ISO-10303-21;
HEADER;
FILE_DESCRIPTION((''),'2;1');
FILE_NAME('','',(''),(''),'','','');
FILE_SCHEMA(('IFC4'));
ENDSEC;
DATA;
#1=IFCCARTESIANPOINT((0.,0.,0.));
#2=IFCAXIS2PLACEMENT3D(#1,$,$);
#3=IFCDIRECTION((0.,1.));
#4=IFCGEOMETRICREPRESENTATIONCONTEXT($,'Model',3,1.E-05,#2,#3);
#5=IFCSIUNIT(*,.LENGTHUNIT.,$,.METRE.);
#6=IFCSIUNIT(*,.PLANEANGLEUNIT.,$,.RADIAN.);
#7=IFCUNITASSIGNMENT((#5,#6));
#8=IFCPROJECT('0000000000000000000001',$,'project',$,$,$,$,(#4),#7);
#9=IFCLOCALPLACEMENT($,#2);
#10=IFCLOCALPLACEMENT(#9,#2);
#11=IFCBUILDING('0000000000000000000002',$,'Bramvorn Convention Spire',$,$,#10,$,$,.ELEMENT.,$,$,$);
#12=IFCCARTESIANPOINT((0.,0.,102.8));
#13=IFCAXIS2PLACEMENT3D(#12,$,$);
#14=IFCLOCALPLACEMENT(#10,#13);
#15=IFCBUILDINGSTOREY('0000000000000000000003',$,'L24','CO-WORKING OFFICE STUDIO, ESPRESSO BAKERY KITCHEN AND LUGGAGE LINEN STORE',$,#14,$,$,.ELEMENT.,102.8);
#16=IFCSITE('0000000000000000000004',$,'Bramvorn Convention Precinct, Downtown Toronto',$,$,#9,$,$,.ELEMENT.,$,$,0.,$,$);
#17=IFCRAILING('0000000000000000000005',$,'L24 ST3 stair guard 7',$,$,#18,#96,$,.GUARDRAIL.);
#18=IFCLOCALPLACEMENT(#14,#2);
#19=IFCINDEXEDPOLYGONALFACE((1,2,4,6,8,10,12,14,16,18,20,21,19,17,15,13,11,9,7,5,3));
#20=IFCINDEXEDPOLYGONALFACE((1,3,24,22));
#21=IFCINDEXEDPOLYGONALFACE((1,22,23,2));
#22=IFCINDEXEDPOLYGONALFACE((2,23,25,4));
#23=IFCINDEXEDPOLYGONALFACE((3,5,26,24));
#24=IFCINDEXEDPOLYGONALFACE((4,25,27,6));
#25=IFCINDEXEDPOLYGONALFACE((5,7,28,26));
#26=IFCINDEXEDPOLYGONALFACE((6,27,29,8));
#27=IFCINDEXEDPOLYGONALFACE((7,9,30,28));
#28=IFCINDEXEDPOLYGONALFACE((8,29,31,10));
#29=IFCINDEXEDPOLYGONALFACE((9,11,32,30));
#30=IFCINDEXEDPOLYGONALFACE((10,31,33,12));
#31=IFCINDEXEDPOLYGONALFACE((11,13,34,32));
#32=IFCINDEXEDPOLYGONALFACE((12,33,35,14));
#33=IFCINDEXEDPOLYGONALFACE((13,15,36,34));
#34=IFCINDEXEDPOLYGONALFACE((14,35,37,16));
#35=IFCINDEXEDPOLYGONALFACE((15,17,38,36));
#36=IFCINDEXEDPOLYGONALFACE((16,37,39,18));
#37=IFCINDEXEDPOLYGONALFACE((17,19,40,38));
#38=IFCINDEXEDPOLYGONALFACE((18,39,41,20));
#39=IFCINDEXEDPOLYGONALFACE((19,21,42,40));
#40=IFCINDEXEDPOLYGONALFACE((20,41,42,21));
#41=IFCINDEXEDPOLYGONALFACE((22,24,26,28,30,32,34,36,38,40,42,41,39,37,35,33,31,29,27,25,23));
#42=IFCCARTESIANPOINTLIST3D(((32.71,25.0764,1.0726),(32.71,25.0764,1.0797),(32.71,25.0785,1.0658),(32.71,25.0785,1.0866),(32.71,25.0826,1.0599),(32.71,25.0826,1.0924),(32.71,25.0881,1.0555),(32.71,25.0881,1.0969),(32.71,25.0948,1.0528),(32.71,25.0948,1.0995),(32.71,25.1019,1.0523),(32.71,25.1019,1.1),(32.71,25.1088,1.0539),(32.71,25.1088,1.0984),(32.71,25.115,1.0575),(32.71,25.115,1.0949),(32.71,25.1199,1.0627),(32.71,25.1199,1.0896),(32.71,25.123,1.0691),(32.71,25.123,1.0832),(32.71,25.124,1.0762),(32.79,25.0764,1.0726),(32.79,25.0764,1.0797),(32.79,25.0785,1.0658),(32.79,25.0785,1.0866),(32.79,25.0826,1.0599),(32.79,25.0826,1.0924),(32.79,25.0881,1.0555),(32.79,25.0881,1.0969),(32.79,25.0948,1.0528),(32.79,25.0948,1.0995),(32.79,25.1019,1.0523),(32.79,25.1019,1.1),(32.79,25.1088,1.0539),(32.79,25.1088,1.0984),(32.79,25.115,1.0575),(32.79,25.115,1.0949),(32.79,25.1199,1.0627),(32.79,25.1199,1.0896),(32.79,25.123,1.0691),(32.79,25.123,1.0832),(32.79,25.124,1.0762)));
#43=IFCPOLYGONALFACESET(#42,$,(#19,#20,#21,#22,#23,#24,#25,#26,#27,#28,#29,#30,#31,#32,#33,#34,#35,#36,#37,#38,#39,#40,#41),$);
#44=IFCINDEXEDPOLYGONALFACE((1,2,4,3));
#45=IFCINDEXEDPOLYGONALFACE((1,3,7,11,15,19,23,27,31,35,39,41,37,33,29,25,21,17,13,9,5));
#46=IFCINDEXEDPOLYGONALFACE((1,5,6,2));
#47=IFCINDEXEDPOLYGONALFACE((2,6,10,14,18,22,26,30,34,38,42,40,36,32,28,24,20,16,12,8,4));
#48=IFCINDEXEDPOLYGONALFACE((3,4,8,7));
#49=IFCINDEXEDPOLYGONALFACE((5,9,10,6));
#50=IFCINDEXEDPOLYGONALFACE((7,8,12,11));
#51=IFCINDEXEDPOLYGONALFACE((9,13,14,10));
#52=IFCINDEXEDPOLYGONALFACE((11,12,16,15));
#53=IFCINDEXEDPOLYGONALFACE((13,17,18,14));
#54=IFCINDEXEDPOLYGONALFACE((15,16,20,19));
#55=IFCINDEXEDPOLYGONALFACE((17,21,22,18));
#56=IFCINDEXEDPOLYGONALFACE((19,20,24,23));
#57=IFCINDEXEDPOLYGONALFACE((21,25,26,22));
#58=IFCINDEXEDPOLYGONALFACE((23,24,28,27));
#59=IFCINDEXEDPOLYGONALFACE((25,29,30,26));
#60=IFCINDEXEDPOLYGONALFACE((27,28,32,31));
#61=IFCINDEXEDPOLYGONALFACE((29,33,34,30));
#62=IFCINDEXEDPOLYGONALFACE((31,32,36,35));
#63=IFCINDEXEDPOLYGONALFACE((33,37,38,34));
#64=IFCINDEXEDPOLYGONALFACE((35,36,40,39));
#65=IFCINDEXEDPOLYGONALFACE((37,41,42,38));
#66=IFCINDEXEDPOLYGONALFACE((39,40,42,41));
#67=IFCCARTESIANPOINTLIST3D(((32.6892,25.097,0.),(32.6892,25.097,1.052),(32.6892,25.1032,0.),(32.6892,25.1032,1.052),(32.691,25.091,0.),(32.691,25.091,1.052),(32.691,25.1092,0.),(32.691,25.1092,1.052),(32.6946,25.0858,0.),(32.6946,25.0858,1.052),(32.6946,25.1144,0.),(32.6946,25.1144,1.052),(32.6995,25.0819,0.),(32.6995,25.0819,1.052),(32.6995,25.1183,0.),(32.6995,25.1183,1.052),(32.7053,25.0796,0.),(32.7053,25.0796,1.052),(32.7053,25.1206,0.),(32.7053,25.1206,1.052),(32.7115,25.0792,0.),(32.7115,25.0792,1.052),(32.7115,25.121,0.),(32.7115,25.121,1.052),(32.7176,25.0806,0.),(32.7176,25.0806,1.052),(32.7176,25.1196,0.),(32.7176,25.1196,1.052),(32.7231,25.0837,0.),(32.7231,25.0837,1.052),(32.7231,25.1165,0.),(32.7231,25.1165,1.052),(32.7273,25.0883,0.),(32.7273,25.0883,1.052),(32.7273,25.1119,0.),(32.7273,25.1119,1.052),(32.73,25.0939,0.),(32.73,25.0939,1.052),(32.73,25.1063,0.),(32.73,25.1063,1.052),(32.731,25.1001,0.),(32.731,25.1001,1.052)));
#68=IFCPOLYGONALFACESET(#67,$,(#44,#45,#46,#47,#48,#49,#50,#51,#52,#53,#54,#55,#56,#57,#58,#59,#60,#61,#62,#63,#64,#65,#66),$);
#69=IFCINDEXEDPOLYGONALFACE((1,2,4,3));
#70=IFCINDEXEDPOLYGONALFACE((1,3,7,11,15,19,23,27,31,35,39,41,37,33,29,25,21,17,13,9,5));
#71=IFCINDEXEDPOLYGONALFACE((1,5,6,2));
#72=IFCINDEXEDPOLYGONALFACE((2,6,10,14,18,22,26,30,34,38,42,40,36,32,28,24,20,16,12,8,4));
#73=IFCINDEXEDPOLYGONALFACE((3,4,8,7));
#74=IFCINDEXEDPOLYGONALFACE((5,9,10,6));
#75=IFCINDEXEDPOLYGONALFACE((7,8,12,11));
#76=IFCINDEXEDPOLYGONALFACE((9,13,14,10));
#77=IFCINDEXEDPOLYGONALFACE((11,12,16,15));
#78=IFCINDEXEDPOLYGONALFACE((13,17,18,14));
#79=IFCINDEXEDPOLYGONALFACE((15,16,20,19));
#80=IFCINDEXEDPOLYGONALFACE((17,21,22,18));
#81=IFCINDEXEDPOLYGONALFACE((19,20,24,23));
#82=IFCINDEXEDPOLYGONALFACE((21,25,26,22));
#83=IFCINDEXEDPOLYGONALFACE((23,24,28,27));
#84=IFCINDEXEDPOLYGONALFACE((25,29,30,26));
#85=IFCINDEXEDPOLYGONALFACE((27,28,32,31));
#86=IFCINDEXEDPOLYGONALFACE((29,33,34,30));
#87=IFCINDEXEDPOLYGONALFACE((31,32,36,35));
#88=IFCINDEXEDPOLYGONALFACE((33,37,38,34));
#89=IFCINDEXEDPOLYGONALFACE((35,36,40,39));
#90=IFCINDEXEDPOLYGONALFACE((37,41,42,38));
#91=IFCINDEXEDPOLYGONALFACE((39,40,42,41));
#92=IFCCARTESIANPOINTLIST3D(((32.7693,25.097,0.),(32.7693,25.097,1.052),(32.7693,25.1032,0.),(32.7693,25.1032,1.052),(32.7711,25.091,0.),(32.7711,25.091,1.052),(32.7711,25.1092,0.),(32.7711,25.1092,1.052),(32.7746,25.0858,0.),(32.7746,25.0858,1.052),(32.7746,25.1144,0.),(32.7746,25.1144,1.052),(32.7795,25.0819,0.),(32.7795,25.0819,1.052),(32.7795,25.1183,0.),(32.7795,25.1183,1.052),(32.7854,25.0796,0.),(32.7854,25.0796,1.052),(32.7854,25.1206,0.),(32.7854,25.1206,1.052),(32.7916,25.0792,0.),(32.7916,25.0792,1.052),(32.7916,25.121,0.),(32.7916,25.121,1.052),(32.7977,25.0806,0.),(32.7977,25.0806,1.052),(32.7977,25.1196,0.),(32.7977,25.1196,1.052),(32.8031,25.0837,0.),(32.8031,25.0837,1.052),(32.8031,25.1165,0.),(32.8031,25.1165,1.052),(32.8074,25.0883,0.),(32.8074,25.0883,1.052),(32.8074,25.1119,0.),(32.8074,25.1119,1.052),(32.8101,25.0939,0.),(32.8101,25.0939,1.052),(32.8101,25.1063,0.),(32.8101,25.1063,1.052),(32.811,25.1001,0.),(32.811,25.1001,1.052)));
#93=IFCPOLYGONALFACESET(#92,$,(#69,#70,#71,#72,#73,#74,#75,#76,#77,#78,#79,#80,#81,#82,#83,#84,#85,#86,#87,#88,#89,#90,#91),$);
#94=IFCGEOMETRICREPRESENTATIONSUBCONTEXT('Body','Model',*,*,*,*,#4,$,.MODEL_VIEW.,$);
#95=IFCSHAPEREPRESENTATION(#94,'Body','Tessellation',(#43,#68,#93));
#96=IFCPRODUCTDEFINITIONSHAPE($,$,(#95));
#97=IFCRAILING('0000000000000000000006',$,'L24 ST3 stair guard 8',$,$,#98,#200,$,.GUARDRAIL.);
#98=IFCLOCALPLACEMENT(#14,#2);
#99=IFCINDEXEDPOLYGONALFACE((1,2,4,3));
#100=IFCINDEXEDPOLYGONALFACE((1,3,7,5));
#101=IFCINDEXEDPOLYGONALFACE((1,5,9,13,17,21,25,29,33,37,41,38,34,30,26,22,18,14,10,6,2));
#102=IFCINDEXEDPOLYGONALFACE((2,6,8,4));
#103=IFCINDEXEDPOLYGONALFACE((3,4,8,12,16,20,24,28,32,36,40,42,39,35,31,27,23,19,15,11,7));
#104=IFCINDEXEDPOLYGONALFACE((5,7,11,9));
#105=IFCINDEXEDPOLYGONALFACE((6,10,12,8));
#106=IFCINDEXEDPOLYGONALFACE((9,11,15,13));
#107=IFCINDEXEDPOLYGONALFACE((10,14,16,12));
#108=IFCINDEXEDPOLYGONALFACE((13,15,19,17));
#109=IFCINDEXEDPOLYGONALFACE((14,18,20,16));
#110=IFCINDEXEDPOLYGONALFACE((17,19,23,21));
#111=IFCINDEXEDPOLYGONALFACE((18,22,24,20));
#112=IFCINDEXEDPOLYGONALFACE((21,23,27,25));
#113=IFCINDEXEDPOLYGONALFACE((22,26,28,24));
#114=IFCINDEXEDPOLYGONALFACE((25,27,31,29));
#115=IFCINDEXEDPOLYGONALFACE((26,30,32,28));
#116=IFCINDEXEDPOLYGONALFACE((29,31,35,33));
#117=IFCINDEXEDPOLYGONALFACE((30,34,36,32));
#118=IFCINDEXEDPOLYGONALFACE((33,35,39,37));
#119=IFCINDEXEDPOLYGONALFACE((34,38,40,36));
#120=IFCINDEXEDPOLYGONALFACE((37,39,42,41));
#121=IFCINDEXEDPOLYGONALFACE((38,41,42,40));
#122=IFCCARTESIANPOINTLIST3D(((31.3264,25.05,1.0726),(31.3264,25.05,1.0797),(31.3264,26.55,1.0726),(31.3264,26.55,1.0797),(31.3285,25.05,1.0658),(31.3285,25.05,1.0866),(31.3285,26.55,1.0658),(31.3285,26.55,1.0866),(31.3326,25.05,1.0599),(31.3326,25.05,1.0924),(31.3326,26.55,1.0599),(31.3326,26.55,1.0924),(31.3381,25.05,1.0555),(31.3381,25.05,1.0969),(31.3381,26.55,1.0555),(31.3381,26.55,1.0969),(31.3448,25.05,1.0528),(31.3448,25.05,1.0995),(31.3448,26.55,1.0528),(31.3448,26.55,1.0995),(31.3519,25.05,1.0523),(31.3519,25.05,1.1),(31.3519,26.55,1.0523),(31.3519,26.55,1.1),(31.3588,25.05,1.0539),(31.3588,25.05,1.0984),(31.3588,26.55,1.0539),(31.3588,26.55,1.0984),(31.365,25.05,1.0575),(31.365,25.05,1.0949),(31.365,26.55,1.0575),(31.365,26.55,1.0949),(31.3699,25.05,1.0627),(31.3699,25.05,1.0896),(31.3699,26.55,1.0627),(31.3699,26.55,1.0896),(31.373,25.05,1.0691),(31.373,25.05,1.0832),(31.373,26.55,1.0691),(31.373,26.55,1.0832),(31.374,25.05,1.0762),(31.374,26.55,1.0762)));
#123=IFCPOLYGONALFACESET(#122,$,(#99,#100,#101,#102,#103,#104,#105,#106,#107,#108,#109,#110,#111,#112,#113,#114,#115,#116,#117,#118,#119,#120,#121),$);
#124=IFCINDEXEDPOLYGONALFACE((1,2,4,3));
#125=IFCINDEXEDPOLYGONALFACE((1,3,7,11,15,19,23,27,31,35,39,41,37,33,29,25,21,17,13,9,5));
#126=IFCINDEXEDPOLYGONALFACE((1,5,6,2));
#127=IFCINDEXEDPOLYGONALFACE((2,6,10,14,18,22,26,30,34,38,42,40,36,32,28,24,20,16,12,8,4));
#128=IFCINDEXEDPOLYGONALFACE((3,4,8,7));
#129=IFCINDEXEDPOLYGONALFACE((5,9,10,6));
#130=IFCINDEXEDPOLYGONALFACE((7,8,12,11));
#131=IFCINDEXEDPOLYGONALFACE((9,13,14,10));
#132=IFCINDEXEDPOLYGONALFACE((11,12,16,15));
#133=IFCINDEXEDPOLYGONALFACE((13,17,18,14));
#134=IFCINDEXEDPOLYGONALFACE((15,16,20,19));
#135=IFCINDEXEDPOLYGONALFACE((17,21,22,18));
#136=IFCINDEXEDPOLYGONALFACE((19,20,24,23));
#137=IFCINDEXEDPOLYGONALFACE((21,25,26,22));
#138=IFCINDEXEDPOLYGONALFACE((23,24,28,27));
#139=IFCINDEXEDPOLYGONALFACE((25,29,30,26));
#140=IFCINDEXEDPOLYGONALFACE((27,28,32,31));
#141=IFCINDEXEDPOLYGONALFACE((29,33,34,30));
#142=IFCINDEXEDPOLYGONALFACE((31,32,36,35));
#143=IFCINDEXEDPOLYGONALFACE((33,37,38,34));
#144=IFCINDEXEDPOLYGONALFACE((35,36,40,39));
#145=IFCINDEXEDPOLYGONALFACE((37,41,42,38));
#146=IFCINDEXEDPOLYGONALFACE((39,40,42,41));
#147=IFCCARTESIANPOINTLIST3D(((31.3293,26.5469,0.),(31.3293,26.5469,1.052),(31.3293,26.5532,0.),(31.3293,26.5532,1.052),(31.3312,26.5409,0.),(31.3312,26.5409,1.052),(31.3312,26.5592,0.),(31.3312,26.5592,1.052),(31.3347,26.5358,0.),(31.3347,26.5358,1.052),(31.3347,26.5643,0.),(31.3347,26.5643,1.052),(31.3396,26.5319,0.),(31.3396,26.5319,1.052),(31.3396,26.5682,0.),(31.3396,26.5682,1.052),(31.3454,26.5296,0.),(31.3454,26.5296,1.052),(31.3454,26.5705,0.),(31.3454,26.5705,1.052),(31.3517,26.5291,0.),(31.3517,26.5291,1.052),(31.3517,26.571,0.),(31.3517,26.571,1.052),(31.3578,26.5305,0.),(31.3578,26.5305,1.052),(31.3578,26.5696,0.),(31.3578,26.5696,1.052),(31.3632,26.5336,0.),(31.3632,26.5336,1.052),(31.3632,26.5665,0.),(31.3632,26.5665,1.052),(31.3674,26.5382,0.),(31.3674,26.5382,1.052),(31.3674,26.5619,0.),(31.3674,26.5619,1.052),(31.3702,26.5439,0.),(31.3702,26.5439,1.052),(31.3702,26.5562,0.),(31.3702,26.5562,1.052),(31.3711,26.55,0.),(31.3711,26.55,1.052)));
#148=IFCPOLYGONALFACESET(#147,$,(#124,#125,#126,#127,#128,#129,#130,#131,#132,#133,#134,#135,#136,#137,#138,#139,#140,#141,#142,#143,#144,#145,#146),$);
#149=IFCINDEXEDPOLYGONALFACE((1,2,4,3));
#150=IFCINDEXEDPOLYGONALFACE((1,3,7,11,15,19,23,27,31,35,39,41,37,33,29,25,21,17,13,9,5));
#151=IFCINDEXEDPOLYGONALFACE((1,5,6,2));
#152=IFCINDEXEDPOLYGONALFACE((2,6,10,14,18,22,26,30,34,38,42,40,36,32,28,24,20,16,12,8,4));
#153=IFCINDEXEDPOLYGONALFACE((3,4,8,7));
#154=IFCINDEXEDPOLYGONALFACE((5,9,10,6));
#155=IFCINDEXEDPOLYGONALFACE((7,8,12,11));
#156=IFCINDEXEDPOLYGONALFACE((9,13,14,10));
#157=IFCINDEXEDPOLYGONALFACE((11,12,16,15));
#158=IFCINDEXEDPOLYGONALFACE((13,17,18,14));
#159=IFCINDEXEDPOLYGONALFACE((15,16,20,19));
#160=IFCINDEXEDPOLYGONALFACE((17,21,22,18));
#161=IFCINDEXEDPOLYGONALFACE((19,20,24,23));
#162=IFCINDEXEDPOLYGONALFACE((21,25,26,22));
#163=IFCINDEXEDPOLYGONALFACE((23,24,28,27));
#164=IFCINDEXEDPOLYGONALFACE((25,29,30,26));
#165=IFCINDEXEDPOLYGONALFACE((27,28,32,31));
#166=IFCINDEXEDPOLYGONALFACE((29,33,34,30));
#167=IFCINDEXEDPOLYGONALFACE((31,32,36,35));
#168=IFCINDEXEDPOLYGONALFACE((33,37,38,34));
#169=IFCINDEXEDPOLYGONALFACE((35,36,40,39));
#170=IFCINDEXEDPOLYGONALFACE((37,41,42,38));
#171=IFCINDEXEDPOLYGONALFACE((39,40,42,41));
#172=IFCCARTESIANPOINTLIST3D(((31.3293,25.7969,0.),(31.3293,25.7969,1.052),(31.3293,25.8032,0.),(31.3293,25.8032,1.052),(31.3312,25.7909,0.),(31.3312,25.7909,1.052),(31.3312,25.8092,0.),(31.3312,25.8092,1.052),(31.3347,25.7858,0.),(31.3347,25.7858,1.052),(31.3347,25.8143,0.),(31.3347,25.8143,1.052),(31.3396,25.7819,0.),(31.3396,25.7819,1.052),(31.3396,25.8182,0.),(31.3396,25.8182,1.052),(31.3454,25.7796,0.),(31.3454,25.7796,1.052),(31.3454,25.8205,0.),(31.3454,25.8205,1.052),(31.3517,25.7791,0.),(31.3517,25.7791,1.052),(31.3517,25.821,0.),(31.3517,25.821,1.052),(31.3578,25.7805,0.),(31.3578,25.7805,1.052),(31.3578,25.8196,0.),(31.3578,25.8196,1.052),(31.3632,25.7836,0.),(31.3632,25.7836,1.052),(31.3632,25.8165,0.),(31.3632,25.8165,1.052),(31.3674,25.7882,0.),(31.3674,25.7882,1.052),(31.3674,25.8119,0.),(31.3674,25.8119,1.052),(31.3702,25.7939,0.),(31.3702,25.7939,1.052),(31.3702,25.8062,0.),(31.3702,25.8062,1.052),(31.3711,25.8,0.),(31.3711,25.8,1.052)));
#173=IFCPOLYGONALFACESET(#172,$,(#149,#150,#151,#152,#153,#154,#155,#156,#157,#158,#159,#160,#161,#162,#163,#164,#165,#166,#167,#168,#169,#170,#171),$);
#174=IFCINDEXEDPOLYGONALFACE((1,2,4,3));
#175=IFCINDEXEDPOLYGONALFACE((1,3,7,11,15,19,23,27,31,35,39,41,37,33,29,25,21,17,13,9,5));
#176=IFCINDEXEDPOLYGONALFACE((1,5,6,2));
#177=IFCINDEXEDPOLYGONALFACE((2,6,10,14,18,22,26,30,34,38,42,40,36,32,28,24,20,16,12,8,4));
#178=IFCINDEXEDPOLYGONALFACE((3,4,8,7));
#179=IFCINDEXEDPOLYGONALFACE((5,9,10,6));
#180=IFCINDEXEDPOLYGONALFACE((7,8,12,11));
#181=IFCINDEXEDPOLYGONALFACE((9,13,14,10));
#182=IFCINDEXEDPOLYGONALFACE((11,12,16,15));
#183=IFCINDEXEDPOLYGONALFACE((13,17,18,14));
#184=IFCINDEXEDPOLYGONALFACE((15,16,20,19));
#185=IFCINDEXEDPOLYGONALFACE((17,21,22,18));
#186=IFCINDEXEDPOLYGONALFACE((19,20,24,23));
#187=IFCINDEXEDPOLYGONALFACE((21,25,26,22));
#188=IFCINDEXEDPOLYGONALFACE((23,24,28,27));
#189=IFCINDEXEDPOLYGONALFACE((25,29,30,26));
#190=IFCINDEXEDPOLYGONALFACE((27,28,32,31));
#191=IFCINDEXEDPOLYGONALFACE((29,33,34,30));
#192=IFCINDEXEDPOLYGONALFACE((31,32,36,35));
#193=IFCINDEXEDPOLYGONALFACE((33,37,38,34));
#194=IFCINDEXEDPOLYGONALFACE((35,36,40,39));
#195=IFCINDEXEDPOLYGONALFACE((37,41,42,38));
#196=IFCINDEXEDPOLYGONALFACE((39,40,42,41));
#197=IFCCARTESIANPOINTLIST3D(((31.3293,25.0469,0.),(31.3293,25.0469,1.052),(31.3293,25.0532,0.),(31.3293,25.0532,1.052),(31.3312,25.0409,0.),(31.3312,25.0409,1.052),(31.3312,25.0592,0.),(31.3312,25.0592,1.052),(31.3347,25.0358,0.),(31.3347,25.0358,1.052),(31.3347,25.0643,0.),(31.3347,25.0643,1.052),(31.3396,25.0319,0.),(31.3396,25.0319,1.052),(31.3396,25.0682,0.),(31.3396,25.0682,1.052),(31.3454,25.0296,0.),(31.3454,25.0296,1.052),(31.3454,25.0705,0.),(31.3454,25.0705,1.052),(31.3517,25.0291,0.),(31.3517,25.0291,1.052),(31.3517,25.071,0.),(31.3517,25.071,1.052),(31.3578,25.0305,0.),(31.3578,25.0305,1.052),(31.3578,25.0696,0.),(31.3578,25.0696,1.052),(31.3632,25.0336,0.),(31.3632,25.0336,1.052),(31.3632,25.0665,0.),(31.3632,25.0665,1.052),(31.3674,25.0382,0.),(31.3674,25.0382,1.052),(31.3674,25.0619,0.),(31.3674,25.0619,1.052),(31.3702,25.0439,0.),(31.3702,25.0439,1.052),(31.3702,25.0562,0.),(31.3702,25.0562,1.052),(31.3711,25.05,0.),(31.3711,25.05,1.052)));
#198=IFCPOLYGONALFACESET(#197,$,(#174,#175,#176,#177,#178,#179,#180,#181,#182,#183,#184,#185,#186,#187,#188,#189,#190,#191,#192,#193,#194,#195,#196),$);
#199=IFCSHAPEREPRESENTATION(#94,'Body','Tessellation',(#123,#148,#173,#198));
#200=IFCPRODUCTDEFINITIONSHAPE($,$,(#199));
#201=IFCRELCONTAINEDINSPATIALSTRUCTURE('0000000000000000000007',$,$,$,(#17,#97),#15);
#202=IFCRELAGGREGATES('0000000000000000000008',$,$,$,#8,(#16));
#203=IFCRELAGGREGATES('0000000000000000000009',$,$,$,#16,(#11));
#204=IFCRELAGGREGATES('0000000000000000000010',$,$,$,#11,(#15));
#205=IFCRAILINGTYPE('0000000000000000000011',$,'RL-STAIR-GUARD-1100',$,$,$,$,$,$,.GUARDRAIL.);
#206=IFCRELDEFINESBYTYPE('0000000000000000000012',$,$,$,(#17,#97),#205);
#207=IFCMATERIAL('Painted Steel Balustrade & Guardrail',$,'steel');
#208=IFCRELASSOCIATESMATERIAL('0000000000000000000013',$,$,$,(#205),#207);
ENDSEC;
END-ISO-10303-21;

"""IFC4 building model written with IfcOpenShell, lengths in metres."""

from ifc_helpers import new_model, si_unit, direction, frame, origin, origin_2d, place, context, subcontext, project, spatial, circle, extrude, material, type_object, element, save


model = new_model("IFC4")

# Units and contexts
model_context = context("Model", 3, precision=1e-05, world=origin(), true_north=direction((0.0, 1.0)))
body_context = subcontext(model_context, "Body", "Model", "MODEL_VIEW")
ifc_project = project(units=[si_unit("LENGTHUNIT", "METRE"), si_unit("PLANEANGLEUNIT", "RADIAN")], contexts=[model_context])

# Site, building, storey
site_placement = place(None, origin())
site = spatial("IfcSite", under=ifc_project, at=site_placement, Name="Bramvorn Convention Precinct, Downtown Toronto", CompositionType="ELEMENT", RefElevation=0.0)
building_placement = place(site_placement, origin())
building = spatial("IfcBuilding", under=site, at=building_placement, Name="Bramvorn Convention Spire", CompositionType="ELEMENT")
storey_placement = place(building_placement, frame((0.0, 0.0, 102.8)))
storey = spatial("IfcBuildingStorey", under=building, at=storey_placement, Name="L24", Description="CO-WORKING OFFICE STUDIO, ESPRESSO BAKERY KITCHEN AND LUGGAGE LINEN STORE", CompositionType="ELEMENT", Elevation=102.8)

# Railings
ifc_material_1 = material(Name="Painted Steel Balustrade & Guardrail", Category="steel")
railing_type_1 = type_object("IfcRailingType", Name="RL-STAIR-GUARD-1100", PredefinedType="GUARDRAIL", material=ifc_material_1)
railing_1_placement = place(storey_placement, frame((32.71, 25.1001, 0.0)))
element("IfcRailing", 1, at=railing_1_placement, inside=storey, type_object=railing_type_1, Name="L24 ST3 stair guard 7", PredefinedType="GUARDRAIL", context=body_context, shape_type="SweptSolid", body=[
    extrude(circle(Radius=0.0239, at=origin_2d()), frame((0.0, 0.0, 1.0762), z_axis=(1.0, 0.0, 0.0), x_axis=(0.0, 1.0, 0.0)), (0.0, 0.0, 1.0), 0.0801),
    extrude(circle(Radius=0.021, at=origin_2d()), origin(), (0.0, 0.0, 1.0), 1.052),
    extrude(circle(Radius=0.021, at=origin_2d()), frame((0.0801, 0.0, 0.0)), (0.0, 0.0, 1.0), 1.052),
])
for number, where, name in (
    (2, (31.3501, 26.55, 0.0), "L24 ST3 stair guard 8"),
):
    element("IfcRailing", number, at=place(storey_placement, frame(where)), inside=storey, type_object=railing_type_1, Name=name, PredefinedType="GUARDRAIL", context=body_context, shape_type="SweptSolid", body=[
        extrude(circle(Radius=0.0239, at=origin_2d()), frame((0.0, 0.0, 1.0762), z_axis=(0.0, -1.0, 0.0), x_axis=(1.0, 0.0, 0.0)), (0.0, 0.0, 1.0), 1.5),
        extrude(circle(Radius=0.021, at=origin_2d()), origin(), (0.0, 0.0, 1.0), 1.052),
        extrude(circle(Radius=0.021, at=origin_2d()), frame((0.0, -0.75, 0.0)), (0.0, 0.0, 1.0), 1.052),
        extrude(circle(Radius=0.021, at=origin_2d()), frame((0.0, -1.5, 0.0)), (0.0, 0.0, 1.0), 1.052),
    ])

save(model, "model.ifc")
